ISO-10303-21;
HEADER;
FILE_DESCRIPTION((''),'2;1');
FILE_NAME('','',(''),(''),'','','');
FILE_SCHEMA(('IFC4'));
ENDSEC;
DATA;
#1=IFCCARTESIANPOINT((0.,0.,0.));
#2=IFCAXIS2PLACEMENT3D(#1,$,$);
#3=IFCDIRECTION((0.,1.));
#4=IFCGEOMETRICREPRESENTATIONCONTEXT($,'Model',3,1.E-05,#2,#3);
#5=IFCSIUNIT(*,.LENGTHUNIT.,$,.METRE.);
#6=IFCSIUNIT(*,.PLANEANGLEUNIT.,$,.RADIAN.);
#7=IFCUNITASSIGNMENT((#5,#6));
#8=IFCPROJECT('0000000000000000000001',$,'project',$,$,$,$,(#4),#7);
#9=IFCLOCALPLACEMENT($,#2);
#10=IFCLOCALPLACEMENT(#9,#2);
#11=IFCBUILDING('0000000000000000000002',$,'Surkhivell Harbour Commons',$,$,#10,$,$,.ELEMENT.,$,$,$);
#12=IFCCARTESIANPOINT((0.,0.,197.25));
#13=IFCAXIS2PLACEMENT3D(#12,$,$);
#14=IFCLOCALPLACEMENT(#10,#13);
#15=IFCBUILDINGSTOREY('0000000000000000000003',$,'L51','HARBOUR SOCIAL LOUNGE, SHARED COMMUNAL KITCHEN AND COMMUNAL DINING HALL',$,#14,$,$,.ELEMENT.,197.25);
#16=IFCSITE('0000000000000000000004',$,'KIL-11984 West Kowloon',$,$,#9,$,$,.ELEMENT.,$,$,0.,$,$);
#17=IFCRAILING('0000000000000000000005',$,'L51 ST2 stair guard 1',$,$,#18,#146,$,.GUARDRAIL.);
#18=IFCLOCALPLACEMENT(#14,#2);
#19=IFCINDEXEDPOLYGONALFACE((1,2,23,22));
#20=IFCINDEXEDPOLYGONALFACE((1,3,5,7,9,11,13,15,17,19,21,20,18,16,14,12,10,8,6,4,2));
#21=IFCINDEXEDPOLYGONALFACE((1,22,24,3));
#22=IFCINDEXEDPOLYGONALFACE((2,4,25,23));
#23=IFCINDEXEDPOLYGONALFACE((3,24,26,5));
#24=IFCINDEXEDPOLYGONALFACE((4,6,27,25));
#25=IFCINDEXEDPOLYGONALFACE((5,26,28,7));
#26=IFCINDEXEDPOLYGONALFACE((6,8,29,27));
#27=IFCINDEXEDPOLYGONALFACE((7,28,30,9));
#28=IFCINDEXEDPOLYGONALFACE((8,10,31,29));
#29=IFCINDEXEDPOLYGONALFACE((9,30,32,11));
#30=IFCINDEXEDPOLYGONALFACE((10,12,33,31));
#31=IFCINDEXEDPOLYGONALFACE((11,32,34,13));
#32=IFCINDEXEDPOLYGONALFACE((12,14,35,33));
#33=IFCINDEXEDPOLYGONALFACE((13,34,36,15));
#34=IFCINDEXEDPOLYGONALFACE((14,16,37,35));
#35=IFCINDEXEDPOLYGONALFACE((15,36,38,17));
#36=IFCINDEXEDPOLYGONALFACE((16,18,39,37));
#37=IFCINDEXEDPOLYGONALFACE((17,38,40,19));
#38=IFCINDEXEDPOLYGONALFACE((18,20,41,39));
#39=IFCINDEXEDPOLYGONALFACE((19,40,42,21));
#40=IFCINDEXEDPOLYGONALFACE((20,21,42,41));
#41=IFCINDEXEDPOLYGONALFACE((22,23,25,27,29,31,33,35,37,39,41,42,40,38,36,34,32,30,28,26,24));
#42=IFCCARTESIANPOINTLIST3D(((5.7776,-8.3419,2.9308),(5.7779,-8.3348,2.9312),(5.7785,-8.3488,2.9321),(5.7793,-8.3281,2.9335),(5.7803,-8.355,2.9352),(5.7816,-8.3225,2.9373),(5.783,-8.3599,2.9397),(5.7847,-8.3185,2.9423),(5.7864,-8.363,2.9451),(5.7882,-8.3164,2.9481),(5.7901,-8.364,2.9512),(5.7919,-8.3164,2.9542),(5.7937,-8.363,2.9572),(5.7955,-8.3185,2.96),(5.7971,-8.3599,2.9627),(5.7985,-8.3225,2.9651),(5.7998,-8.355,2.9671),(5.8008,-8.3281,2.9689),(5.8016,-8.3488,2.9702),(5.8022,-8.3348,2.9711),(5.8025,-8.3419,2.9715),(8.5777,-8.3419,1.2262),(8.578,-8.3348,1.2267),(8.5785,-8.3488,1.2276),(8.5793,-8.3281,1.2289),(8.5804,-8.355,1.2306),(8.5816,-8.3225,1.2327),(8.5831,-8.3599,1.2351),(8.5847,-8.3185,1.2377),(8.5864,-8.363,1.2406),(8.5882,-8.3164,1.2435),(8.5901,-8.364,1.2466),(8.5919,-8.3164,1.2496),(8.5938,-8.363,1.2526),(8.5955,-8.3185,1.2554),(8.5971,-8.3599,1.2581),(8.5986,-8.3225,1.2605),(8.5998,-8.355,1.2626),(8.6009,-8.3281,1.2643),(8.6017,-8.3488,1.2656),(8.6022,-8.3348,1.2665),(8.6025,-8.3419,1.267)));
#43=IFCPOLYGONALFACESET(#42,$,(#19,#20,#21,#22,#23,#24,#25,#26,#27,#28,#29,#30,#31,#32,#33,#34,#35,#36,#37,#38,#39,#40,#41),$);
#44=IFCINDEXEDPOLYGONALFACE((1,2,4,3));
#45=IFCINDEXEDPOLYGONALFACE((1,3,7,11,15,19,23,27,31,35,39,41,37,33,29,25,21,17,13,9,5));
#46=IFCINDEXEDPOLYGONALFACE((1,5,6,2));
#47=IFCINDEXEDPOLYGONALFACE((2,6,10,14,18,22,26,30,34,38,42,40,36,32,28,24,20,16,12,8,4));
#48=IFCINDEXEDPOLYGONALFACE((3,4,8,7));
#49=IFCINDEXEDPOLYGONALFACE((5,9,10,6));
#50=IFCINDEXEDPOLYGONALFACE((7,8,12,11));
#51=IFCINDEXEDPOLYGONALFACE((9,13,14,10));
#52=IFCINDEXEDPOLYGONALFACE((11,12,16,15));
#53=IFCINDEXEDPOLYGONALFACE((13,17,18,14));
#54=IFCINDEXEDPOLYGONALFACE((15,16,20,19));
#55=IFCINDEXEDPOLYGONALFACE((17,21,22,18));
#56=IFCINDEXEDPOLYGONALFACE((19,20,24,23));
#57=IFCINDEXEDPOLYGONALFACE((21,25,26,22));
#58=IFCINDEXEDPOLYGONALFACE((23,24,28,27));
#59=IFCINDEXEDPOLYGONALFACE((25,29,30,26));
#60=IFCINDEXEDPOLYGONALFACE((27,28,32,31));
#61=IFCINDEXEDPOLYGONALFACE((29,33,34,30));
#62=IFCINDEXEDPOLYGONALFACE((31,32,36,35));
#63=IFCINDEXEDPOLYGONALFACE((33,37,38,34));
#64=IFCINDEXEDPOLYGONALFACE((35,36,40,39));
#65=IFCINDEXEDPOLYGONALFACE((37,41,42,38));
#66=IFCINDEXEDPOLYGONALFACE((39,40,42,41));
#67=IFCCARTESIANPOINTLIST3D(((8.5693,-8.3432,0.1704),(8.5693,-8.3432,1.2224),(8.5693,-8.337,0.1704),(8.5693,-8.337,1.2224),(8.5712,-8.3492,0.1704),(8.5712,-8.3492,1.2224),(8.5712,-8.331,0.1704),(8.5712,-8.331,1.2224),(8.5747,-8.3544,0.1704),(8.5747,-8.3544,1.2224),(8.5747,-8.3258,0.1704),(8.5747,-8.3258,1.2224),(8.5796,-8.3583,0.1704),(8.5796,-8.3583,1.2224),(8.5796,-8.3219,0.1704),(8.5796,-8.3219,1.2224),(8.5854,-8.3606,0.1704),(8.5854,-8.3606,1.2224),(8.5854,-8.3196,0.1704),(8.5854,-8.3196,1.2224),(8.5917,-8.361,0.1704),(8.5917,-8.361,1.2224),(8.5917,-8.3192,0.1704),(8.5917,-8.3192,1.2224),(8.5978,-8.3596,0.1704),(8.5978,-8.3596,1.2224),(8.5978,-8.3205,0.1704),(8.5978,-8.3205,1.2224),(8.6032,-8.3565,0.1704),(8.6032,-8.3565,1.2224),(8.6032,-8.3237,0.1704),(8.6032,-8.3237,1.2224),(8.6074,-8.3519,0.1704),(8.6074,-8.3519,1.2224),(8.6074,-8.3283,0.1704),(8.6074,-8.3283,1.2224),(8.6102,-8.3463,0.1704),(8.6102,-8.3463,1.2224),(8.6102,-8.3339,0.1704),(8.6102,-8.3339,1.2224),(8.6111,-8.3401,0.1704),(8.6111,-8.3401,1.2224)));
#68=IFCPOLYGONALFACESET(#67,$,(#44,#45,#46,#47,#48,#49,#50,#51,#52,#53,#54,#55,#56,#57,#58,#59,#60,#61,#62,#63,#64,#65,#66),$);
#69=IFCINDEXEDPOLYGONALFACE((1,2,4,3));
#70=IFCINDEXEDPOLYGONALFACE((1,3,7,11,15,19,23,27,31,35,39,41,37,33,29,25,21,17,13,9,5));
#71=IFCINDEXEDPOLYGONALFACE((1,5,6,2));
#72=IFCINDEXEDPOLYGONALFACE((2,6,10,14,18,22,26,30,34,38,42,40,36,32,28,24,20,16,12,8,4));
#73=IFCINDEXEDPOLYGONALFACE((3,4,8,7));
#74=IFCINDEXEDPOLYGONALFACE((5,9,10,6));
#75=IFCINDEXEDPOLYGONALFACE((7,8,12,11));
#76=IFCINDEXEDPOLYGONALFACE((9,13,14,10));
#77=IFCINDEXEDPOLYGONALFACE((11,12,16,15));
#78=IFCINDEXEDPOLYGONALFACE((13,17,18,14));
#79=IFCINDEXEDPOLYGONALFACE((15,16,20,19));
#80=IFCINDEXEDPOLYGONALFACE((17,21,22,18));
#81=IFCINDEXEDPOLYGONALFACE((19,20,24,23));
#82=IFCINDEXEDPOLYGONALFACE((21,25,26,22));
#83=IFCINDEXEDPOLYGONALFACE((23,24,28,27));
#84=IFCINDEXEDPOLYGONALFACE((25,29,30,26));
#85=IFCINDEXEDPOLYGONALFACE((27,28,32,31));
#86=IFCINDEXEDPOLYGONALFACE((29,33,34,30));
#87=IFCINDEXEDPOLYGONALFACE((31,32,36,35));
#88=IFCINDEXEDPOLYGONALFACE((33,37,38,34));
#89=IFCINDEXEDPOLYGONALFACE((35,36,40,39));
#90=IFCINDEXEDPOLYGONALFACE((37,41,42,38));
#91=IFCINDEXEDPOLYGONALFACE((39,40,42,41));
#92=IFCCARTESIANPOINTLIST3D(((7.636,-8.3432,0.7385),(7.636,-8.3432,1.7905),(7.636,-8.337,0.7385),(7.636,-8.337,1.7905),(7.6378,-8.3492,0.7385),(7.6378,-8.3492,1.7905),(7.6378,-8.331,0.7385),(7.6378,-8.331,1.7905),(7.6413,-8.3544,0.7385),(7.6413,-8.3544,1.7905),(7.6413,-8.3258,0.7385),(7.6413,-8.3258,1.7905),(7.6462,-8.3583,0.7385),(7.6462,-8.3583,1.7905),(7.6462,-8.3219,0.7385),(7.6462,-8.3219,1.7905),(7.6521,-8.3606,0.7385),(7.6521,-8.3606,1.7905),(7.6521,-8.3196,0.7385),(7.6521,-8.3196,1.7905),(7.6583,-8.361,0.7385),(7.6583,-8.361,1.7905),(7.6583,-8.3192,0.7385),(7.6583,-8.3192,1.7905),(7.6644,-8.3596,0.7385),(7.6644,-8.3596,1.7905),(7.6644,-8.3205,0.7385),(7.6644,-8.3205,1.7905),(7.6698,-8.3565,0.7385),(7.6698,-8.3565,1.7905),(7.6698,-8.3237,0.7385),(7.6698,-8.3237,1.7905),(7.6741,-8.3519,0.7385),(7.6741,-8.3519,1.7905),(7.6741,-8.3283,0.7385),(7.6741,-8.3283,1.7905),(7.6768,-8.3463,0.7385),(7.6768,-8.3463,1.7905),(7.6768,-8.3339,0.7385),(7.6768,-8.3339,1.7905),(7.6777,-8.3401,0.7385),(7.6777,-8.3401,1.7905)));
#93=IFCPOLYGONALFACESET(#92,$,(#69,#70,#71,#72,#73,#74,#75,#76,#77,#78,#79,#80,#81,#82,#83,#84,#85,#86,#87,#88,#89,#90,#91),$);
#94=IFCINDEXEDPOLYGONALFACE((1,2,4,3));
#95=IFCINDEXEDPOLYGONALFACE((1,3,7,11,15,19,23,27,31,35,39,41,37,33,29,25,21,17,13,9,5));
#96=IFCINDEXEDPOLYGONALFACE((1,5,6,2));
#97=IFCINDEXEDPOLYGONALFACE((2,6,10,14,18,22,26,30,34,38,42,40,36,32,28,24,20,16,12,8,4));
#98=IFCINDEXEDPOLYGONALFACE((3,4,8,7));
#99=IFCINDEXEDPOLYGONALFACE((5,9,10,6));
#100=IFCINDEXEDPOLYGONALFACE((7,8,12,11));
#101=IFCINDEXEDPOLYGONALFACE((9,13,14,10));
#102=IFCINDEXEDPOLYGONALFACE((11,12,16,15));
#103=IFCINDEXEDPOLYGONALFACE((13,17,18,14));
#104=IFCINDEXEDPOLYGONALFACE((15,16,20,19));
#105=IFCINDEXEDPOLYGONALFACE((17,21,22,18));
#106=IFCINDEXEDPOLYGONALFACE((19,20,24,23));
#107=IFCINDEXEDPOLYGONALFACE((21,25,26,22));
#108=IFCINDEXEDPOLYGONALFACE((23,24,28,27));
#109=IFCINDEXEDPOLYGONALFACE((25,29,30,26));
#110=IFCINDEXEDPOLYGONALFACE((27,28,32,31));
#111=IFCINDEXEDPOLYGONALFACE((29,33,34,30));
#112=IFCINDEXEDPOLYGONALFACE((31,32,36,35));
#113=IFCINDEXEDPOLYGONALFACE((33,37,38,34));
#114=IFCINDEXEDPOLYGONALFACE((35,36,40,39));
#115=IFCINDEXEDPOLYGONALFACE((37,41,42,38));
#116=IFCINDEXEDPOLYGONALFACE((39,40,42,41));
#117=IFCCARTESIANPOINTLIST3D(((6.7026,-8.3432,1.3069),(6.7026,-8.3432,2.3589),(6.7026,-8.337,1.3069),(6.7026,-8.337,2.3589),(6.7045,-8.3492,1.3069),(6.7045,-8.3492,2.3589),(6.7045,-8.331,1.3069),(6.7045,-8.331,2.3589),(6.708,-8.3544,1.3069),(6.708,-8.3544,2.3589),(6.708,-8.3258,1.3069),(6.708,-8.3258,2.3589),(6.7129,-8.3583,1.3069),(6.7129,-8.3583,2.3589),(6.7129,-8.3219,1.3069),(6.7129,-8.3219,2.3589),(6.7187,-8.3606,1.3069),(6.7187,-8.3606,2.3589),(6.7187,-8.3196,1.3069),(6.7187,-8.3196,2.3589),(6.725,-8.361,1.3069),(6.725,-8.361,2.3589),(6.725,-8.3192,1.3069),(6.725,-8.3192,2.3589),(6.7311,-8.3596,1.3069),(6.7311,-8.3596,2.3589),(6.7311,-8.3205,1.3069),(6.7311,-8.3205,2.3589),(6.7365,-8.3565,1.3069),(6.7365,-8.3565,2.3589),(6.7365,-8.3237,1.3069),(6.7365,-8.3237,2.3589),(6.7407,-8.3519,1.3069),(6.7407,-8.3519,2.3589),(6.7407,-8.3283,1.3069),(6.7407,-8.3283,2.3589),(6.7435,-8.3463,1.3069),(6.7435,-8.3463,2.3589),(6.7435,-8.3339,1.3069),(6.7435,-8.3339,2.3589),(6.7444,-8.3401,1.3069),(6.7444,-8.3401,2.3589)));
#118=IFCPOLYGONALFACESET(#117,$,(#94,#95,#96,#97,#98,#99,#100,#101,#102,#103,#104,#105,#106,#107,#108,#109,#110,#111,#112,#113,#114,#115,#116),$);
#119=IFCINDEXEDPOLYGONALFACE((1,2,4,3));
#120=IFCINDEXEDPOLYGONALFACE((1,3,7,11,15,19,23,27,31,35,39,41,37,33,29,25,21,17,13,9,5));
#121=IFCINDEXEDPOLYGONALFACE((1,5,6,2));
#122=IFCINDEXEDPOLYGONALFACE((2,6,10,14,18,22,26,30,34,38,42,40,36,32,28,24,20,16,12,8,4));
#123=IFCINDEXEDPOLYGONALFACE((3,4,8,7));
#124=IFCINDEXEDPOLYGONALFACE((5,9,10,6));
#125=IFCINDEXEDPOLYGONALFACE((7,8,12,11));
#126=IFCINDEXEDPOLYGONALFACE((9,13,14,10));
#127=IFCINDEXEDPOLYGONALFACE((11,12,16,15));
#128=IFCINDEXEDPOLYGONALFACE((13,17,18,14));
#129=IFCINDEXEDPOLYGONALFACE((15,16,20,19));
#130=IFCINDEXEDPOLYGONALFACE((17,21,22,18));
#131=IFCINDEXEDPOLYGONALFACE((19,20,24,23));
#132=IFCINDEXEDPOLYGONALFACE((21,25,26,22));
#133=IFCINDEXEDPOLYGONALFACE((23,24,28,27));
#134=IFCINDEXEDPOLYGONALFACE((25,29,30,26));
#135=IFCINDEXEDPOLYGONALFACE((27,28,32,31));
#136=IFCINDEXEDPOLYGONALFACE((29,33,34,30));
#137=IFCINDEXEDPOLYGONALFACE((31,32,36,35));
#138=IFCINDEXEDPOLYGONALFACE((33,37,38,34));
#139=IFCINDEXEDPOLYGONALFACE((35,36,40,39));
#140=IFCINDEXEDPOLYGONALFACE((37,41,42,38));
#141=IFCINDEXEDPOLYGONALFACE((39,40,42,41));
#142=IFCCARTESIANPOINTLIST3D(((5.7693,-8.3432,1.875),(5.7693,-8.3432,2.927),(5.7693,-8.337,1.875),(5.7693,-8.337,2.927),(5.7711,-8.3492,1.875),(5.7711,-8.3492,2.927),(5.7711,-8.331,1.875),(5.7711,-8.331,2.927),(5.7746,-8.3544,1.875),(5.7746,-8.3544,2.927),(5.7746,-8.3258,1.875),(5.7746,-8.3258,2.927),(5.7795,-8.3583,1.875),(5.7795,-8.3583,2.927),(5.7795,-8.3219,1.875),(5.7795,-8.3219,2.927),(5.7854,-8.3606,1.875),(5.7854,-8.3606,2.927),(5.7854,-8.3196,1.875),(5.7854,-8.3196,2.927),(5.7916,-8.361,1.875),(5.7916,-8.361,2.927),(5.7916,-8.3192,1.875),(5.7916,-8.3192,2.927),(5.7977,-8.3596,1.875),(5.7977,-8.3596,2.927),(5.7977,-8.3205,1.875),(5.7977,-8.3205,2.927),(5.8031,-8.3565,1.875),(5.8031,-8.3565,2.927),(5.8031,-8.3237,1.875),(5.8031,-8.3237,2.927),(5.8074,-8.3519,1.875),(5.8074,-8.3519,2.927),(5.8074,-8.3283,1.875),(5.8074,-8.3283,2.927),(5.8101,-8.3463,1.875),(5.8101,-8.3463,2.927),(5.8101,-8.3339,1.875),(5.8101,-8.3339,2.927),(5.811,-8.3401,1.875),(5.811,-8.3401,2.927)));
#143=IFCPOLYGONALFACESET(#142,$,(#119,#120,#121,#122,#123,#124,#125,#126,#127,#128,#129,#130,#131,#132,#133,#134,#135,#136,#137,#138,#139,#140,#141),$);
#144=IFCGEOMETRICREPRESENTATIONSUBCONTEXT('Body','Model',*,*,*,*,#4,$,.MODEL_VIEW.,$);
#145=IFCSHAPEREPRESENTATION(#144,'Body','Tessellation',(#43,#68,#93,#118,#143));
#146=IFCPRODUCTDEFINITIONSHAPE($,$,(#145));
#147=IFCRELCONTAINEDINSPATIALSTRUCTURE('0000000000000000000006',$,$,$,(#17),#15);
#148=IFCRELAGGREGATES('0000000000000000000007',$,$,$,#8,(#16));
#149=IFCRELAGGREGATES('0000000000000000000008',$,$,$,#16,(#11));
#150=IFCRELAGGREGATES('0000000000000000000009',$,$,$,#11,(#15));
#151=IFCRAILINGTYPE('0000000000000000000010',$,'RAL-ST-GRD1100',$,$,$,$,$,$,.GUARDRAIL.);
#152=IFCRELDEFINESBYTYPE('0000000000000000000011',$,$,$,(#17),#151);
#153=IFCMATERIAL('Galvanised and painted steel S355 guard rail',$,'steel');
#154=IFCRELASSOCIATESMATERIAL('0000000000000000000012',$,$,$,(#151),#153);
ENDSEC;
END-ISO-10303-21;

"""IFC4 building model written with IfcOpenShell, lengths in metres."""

from ifc_helpers import new_model, si_unit, direction, frame, origin, origin_2d, place, context, subcontext, project, spatial, circle, extrude, material, type_object, element, save


model = new_model("IFC4")

# Units and contexts
model_context = context("Model", 3, precision=1e-05, world=origin(), true_north=direction((0.0, 1.0)))
body_context = subcontext(model_context, "Body", "Model", "MODEL_VIEW")
ifc_project = project(units=[si_unit("LENGTHUNIT", "METRE"), si_unit("PLANEANGLEUNIT", "RADIAN")], contexts=[model_context])

# Site, building, storey
site_placement = place(None, origin())
site = spatial("IfcSite", under=ifc_project, at=site_placement, Name="KIL-11984 West Kowloon", CompositionType="ELEMENT", RefElevation=0.0)
building_placement = place(site_placement, origin())
building = spatial("IfcBuilding", under=site, at=building_placement, Name="Surkhivell Harbour Commons", CompositionType="ELEMENT")
storey_placement = place(building_placement, frame((0.0, 0.0, 197.25)))
storey = spatial("IfcBuildingStorey", under=building, at=storey_placement, Name="L51", Description="HARBOUR SOCIAL LOUNGE, SHARED COMMUNAL KITCHEN AND COMMUNAL DINING HALL", CompositionType="ELEMENT", Elevation=197.25)

# Railing
ifc_material_1 = material(Name="Galvanised and painted steel S355 guard rail", Category="steel")
railing_type_1 = type_object("IfcRailingType", Name="RAL-ST-GRD1100", PredefinedType="GUARDRAIL", material=ifc_material_1)
railing_1_placement = place(storey_placement, frame((8.5901, -8.3401, 0.1704)))
element("IfcRailing", 1, at=railing_1_placement, inside=storey, type_object=railing_type_1, Name="L51 ST2 stair guard 1", PredefinedType="GUARDRAIL", context=body_context, shape_type="SweptSolid", body=[
    extrude(circle(Radius=0.0239, at=origin_2d()), frame((0.0, 0.0, 1.0762), z_axis=(-0.85417, 0.0, 0.519994), x_axis=(0.0, -1.0, 0.0)), (0.0, 0.0, 1.0), 3.2781),
    extrude(circle(Radius=0.021, at=origin_2d()), origin(), (0.0, 0.0, 1.0), 1.052),
    extrude(circle(Radius=0.021, at=origin_2d()), frame((-0.9333, 0.0, 0.5681)), (0.0, 0.0, 1.0), 1.052),
    extrude(circle(Radius=0.021, at=origin_2d()), frame((-1.8667, 0.0, 1.1365)), (0.0, 0.0, 1.0), 1.052),
    extrude(circle(Radius=0.021, at=origin_2d()), frame((-2.8, 0.0, 1.7046)), (0.0, 0.0, 1.0), 1.052),
])

save(model, "model.ifc")
